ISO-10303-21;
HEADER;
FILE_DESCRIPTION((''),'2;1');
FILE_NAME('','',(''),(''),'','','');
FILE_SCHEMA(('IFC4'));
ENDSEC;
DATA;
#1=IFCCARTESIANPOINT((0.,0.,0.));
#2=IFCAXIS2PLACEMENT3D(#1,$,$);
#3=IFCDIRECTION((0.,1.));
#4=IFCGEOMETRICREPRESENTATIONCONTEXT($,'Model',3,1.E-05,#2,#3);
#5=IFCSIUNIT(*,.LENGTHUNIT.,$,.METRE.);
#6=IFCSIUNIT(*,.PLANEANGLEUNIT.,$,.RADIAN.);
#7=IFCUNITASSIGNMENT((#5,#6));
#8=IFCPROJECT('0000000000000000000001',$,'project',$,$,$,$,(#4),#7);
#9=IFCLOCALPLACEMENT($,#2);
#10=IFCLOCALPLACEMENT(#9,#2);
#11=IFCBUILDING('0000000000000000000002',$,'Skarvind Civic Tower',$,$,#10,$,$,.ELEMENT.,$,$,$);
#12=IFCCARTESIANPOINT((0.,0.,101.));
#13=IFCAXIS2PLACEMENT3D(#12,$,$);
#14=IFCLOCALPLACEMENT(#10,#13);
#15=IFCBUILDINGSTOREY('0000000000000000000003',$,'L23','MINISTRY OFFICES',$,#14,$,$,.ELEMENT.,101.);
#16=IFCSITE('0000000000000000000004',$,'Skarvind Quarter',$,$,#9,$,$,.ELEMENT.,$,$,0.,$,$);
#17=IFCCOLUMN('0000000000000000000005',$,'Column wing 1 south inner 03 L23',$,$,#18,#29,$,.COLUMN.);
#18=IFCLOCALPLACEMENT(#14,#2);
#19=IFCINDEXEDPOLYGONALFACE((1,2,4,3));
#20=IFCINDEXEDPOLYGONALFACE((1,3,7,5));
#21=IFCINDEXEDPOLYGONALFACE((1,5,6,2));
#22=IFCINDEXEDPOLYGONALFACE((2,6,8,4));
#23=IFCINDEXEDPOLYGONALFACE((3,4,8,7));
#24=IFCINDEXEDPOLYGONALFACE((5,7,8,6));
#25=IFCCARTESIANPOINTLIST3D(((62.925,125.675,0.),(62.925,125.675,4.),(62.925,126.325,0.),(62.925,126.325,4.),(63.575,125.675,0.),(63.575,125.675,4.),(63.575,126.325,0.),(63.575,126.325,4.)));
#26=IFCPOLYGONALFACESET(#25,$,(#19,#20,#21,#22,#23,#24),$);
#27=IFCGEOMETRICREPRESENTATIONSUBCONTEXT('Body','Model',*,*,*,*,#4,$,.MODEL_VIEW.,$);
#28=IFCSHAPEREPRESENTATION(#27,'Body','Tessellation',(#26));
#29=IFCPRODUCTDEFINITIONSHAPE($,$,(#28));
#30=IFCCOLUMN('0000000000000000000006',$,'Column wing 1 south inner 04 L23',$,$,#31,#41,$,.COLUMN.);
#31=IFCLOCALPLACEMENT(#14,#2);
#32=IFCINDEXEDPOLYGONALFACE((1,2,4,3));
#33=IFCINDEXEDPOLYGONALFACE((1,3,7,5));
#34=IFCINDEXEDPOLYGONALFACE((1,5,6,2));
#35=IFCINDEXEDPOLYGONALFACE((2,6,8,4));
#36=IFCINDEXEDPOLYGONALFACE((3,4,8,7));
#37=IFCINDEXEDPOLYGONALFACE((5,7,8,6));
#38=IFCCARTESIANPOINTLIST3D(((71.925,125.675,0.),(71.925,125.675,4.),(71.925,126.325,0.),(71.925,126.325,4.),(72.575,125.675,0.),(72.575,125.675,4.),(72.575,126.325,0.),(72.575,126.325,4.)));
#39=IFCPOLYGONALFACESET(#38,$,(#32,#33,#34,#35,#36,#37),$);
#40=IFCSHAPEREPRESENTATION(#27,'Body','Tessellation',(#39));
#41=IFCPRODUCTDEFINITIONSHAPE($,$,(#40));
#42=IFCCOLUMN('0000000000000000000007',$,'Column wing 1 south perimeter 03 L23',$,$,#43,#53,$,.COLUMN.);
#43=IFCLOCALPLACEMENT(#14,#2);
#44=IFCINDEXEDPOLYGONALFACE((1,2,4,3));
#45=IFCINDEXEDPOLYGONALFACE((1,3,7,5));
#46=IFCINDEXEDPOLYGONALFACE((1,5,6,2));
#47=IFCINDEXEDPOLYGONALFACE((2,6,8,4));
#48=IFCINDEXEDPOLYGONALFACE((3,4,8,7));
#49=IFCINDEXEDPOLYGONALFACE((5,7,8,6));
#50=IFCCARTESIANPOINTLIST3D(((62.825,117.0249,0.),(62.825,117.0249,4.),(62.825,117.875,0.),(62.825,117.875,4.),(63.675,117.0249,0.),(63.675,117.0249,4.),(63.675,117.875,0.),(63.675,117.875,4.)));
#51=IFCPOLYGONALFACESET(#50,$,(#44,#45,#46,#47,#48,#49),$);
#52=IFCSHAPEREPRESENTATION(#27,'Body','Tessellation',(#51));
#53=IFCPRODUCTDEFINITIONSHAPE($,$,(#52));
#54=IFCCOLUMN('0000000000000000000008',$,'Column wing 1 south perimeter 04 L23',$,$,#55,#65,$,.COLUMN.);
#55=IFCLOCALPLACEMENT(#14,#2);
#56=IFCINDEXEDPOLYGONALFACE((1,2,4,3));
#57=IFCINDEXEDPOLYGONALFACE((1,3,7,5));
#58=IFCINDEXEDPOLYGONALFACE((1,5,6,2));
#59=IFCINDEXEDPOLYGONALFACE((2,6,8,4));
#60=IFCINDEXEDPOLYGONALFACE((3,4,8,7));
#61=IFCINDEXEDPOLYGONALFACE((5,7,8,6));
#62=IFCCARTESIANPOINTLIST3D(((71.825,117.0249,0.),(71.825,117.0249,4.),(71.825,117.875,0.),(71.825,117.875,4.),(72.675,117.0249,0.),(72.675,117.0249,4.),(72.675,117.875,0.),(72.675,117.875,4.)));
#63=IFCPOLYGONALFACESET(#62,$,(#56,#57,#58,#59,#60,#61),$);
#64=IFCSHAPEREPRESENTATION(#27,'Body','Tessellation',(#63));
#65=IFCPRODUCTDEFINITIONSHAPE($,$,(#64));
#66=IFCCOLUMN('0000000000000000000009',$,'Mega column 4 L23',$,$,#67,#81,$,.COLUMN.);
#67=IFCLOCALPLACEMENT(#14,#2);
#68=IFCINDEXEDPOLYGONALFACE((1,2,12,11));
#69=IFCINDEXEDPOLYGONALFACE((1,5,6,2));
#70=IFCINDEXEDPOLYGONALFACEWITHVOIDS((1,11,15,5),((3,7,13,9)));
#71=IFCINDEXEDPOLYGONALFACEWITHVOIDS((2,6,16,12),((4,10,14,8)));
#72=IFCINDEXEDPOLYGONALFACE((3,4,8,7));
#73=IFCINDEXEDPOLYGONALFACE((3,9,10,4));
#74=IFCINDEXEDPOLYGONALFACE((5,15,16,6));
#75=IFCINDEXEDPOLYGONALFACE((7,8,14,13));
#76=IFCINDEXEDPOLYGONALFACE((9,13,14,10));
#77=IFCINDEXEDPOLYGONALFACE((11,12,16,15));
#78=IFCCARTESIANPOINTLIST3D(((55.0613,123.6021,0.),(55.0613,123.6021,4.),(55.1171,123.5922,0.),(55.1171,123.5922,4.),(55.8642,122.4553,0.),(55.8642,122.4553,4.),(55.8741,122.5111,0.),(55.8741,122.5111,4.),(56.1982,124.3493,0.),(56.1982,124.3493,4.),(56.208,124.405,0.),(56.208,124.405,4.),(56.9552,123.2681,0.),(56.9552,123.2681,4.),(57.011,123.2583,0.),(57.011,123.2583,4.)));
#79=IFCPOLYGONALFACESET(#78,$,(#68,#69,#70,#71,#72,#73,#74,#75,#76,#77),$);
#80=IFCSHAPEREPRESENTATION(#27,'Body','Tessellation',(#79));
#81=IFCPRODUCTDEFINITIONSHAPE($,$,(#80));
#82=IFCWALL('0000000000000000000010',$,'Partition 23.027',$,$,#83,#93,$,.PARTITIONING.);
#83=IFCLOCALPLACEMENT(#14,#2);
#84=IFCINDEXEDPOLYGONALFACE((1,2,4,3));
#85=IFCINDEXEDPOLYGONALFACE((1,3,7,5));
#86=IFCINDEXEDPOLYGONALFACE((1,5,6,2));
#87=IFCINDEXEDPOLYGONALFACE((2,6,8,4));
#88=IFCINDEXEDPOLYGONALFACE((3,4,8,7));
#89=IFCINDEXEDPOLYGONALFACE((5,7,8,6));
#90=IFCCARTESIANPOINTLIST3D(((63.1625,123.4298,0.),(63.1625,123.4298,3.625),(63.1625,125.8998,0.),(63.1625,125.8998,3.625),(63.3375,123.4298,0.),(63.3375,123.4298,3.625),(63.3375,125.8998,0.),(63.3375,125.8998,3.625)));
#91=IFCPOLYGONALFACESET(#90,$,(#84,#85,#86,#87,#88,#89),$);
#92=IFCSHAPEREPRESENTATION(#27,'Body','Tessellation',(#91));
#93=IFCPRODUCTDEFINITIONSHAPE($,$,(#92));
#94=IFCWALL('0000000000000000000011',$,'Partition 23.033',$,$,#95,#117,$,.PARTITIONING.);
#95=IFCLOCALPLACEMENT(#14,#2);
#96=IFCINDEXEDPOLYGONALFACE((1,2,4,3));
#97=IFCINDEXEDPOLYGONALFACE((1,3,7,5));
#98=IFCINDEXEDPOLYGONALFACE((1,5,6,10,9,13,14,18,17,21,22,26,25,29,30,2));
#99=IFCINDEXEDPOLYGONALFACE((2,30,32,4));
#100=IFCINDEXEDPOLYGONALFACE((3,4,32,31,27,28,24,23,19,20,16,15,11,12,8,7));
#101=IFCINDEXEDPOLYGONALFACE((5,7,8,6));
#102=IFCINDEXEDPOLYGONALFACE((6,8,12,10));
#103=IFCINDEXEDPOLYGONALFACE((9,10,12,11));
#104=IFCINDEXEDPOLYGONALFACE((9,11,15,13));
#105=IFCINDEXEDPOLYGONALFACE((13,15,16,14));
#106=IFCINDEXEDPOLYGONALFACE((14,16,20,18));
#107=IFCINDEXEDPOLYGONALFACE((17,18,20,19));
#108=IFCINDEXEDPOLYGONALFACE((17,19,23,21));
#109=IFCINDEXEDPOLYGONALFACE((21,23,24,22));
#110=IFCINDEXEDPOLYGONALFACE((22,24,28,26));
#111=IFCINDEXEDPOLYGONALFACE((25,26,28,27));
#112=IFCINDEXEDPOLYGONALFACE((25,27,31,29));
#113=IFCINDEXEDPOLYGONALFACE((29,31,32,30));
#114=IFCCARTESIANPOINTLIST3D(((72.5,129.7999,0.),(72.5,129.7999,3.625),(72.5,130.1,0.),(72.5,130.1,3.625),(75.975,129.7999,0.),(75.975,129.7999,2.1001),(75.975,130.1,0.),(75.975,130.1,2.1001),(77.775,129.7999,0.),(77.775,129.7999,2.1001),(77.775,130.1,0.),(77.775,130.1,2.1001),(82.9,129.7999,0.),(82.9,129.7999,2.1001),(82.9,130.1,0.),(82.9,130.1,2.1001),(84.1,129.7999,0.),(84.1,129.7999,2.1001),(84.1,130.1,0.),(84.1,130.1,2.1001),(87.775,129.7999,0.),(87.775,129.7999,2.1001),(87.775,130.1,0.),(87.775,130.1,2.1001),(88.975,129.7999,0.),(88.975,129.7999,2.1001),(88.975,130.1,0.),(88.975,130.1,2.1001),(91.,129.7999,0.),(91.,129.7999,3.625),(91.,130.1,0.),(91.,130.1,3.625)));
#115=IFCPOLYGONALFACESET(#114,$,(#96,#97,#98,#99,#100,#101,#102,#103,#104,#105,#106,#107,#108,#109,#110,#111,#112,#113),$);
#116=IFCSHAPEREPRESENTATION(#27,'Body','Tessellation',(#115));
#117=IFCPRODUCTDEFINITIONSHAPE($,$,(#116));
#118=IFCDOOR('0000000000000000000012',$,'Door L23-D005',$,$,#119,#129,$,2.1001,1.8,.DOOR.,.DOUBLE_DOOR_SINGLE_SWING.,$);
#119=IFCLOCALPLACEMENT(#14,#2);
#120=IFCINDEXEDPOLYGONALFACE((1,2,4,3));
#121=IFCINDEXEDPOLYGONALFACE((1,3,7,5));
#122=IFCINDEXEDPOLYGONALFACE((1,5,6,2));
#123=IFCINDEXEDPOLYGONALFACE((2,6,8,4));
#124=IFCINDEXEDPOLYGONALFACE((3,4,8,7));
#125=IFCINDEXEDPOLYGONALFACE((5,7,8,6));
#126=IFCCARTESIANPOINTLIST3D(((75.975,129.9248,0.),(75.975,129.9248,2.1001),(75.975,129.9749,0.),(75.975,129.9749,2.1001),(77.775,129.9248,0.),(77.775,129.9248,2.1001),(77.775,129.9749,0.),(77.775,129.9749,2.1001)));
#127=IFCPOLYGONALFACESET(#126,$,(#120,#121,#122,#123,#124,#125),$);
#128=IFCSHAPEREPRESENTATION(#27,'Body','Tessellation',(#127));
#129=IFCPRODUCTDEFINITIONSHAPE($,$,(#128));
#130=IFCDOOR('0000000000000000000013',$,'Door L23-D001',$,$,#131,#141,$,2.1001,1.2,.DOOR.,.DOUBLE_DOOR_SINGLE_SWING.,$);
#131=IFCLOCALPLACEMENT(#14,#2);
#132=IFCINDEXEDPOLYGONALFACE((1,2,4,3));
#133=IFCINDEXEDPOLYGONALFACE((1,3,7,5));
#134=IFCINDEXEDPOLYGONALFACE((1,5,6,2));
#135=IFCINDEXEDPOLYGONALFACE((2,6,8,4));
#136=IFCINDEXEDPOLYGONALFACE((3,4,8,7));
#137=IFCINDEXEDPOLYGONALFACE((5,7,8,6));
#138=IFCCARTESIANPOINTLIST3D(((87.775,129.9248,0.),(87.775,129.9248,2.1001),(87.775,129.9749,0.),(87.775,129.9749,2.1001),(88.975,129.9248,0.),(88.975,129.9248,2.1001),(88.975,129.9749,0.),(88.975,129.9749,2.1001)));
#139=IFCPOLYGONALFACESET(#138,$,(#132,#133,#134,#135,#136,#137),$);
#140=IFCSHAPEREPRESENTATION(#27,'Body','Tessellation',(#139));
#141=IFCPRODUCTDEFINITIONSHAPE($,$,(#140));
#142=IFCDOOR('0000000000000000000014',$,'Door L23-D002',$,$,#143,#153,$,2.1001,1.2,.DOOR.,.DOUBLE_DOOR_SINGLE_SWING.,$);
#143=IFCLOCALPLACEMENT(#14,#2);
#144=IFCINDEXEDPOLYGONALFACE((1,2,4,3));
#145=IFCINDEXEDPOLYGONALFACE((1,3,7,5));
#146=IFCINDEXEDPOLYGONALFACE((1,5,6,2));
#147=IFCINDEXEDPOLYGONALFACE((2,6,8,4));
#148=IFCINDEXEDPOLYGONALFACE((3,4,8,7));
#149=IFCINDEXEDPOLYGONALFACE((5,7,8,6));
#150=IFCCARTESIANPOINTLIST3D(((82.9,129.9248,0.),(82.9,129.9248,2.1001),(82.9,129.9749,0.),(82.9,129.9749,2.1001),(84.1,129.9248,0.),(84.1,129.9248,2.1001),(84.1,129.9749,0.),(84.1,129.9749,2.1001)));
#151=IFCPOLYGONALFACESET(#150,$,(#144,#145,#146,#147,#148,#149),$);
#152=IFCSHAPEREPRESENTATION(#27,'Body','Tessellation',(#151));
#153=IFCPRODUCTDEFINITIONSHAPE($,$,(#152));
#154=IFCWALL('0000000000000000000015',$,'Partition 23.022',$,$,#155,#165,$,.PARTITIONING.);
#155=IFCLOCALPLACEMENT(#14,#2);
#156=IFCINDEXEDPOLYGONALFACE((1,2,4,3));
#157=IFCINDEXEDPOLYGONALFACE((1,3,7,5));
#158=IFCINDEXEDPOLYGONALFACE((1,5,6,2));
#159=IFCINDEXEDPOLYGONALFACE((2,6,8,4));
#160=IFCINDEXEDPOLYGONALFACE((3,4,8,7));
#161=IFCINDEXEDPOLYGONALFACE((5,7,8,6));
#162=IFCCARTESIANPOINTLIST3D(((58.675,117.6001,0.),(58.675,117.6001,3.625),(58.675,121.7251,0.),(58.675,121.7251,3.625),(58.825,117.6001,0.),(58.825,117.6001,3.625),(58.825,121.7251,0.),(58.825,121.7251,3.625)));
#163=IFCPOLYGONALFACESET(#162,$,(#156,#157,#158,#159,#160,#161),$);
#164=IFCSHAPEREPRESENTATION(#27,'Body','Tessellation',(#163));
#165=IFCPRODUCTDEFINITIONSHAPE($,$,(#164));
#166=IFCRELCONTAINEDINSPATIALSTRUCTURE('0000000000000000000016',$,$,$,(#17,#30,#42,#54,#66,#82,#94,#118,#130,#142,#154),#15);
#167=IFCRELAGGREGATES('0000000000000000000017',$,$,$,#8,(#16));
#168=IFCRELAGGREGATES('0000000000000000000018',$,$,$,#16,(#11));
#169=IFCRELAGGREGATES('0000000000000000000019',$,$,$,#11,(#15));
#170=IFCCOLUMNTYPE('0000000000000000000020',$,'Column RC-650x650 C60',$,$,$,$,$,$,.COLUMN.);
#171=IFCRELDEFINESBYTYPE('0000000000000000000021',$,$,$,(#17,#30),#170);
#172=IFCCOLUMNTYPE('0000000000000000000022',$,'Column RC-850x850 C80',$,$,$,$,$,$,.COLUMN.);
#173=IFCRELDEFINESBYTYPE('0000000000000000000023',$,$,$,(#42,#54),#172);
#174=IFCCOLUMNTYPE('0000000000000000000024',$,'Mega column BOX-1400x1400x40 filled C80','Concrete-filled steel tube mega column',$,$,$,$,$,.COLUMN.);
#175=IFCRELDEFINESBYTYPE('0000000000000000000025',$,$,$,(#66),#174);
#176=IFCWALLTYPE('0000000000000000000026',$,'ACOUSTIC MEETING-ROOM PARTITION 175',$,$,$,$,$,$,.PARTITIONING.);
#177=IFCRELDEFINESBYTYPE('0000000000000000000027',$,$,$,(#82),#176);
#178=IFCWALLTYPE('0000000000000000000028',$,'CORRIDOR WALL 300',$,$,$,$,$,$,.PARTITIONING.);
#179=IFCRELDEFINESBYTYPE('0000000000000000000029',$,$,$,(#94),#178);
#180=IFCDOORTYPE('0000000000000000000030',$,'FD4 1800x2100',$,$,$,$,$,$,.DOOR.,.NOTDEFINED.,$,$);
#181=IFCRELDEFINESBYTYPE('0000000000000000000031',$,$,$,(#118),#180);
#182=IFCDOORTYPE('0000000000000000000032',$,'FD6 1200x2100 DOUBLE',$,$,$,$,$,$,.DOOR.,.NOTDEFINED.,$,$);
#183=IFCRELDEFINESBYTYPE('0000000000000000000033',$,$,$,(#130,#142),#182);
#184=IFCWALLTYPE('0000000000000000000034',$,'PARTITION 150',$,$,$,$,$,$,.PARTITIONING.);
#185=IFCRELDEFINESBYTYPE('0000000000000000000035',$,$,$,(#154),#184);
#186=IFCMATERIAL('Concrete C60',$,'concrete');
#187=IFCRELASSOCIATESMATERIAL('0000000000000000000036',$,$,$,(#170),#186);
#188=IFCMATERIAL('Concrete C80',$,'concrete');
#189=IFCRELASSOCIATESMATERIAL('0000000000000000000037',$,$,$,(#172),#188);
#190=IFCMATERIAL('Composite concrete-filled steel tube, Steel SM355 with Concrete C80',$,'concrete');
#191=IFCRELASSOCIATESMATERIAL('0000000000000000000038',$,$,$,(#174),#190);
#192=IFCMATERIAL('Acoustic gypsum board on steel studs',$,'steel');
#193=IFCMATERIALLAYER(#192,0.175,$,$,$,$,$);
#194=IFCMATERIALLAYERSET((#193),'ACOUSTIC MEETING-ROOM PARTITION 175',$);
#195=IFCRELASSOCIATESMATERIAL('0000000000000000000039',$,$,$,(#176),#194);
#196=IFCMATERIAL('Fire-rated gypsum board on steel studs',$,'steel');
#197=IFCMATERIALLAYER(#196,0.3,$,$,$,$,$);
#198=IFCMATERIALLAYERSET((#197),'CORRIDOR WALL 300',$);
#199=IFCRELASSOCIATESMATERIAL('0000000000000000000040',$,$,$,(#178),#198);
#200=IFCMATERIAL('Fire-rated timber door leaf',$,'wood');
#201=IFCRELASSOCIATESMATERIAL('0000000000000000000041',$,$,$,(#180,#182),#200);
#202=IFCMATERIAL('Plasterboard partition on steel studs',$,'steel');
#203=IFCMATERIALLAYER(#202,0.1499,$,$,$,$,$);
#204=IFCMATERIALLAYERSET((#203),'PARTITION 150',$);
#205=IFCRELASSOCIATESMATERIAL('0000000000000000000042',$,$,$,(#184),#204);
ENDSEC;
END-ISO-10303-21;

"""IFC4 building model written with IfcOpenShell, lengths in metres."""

from ifc_helpers import new_model, si_unit, direction, frame, frame_2d, origin, origin_2d, place, context, subcontext, project, spatial, rectangle, hollow_rectangle, extrude, material, layer, layer_set, material_profile, profile_set, type_object, element, fill, save


model = new_model("IFC4")

# Units and contexts
model_context = context("Model", 3, precision=1e-05, world=origin(), true_north=direction((0.0, 1.0)))
body_context = subcontext(model_context, "Body", "Model", "MODEL_VIEW")
ifc_project = project(units=[si_unit("LENGTHUNIT", "METRE"), si_unit("PLANEANGLEUNIT", "RADIAN")], contexts=[model_context])

# Site, building, storey
site_placement = place(None, origin())
site = spatial("IfcSite", under=ifc_project, at=site_placement, Name="Skarvind Quarter", CompositionType="ELEMENT", RefElevation=0.0)
building_placement = place(site_placement, origin())
building = spatial("IfcBuilding", under=site, at=building_placement, Name="Skarvind Civic Tower", CompositionType="ELEMENT")
storey_placement = place(building_placement, frame((0.0, 0.0, 101.0)))
storey = spatial("IfcBuildingStorey", under=building, at=storey_placement, Name="L23", Description="MINISTRY OFFICES", CompositionType="ELEMENT", Elevation=101.0)

# Columns
ifc_material_1 = material(Name="Concrete C60", Category="concrete")
ifc_material_profile_1 = material_profile(ifc_material_1, rectangle(XDim=0.6499, YDim=0.6499, at=origin_2d()), Name="RC-650x650")
ifc_profile_set_1 = profile_set([ifc_material_profile_1], Name="Concrete C60")
column_type_1 = type_object("IfcColumnType", Name="Column RC-650x650 C60", PredefinedType="COLUMN", material=ifc_profile_set_1)
for number, where, z_axis, x_axis, name in (
    (1, (63.25, 126.0, 0.0), (0.0, 0.0, 1.0), (1.0, 0.0, 0.0), "Column wing 1 south inner 03 L23"),
    (2, (72.25, 126.0, 0.0), (0.0, 0.0, 1.0), (1.0, 0.0, 0.0), "Column wing 1 south inner 04 L23"),
):
    element("IfcColumn", number, at=place(storey_placement, frame(where, z_axis=z_axis, x_axis=x_axis)), inside=storey, type_object=column_type_1, Name=name, PredefinedType="COLUMN", context=body_context, shape_type="SweptSolid", body=[
        extrude(rectangle(XDim=0.6499, YDim=0.6499, at=origin_2d()), origin(), (0.0, 0.0, 1.0), 4.0),
    ])
ifc_material_2 = material(Name="Concrete C80", Category="concrete")
ifc_material_profile_2 = material_profile(ifc_material_2, rectangle(XDim=0.8501, YDim=0.8501, at=origin_2d()), Name="RC-850x850")
ifc_profile_set_2 = profile_set([ifc_material_profile_2], Name="Concrete C80")
column_type_2 = type_object("IfcColumnType", Name="Column RC-850x850 C80", PredefinedType="COLUMN", material=ifc_profile_set_2)
for number, where, z_axis, x_axis, name in (
    (3, (63.25, 117.45, 0.0), (0.0, 0.0, 1.0), (1.0, 0.0, 0.0), "Column wing 1 south perimeter 03 L23"),
    (4, (72.25, 117.45, 0.0), (0.0, 0.0, 1.0), (1.0, 0.0, 0.0), "Column wing 1 south perimeter 04 L23"),
):
    element("IfcColumn", number, at=place(storey_placement, frame(where, z_axis=z_axis, x_axis=x_axis)), inside=storey, type_object=column_type_2, Name=name, PredefinedType="COLUMN", context=body_context, shape_type="SweptSolid", body=[
        extrude(rectangle(XDim=0.8501, YDim=0.8501, at=origin_2d()), origin(), (0.0, 0.0, 1.0), 4.0),
    ])
ifc_material_3 = material(Name="Composite concrete-filled steel tube, Steel SM355 with Concrete C80", Category="concrete")
ifc_material_profile_3 = material_profile(ifc_material_3, hollow_rectangle(XDim=1.3999, YDim=1.3999, WallThickness=0.04, at=origin_2d()), Name="BOX-1400x1400x40")
ifc_profile_set_3 = profile_set([ifc_material_profile_3], Name="Composite concrete-filled steel tube, Steel SM355 with Concrete C80")
column_type_3 = type_object("IfcColumnType", Name="Mega column BOX-1400x1400x40 filled C80", Description="Concrete-filled steel tube mega column", PredefinedType="COLUMN", material=ifc_profile_set_3)
column_placement = place(storey_placement, frame((56.0361, 123.4302, 0.0), z_axis=(0.0, 0.0, 1.0), x_axis=(0.573576, -0.819152, 0.0)))
element("IfcColumn", 5, at=column_placement, inside=storey, type_object=column_type_3, Name="Mega column 4 L23", PredefinedType="COLUMN", context=body_context, shape_type="SweptSolid", body=[
    extrude(hollow_rectangle(XDim=1.3999, YDim=1.3999, WallThickness=0.04, at=origin_2d()), origin(), (0.0, 0.0, 1.0), 4.0),
])

# Wall
ifc_material_4 = material(Name="Acoustic gypsum board on steel studs", Category="steel")
ifc_layer_1 = layer(ifc_material_4, 0.175)
ifc_layer_set_1 = layer_set([ifc_layer_1], Name="ACOUSTIC MEETING-ROOM PARTITION 175")
wall_type_1 = type_object("IfcWallType", Name="ACOUSTIC MEETING-ROOM PARTITION 175", PredefinedType="PARTITIONING", material=ifc_layer_set_1)
wall_1_placement = place(storey_placement, frame((63.25, 123.4299, 0.0), z_axis=(0.0, 0.0, 1.0), x_axis=(0.0, 1.0, 0.0)))
element("IfcWall", 6, at=wall_1_placement, inside=storey, type_object=wall_type_1, Name="Partition 23.027", PredefinedType="PARTITIONING", context=body_context, shape_type="SweptSolid", body=[
    extrude(rectangle(XDim=2.47, YDim=0.175, at=frame_2d((1.2349, 0.0))), origin(), (0.0, 0.0, 1.0), 3.625),
])

# Wall, openings, doors
ifc_material_5 = material(Name="Fire-rated gypsum board on steel studs", Category="steel")
ifc_layer_2 = layer(ifc_material_5, 0.3)
ifc_layer_set_2 = layer_set([ifc_layer_2], Name="CORRIDOR WALL 300")
wall_type_2 = type_object("IfcWallType", Name="CORRIDOR WALL 300", PredefinedType="PARTITIONING", material=ifc_layer_set_2)
wall_2_placement = place(storey_placement, frame((72.5, 129.95, 0.0), z_axis=(0.0, 0.0, 1.0), x_axis=(1.0, 0.0, 0.0)))
wall_2 = element("IfcWall", 7, at=wall_2_placement, inside=storey, type_object=wall_type_2, Name="Partition 23.033", PredefinedType="PARTITIONING", context=body_context, shape_type="SweptSolid", body=[
    extrude(rectangle(XDim=18.5, YDim=0.3, at=frame_2d((9.25, 0.0))), origin(), (0.0, 0.0, 1.0), 3.625),
])
opening_1_placement = place(wall_2_placement, frame((15.2749, 0.0, 0.0)))
opening_1 = element("IfcOpeningElement", 8, at=opening_1_placement, cuts=wall_2, PredefinedType="OPENING", context=body_context, shape_type="SweptSolid", body=[
    extrude(rectangle(XDim=1.2, YDim=2.1001, at=frame_2d((0.6001, 1.05))), frame((0.0, 0.1599, 0.0), z_axis=(0.0, -1.0, 0.0), x_axis=(1.0, 0.0, 0.0)), (0.0, 0.0, 1.0), 0.3201),
])
opening_2_placement = place(wall_2_placement, frame((10.3999, 0.0, 0.0)))
opening_2 = element("IfcOpeningElement", 9, at=opening_2_placement, cuts=wall_2, PredefinedType="OPENING", context=body_context, shape_type="SweptSolid", body=[
    extrude(rectangle(XDim=1.2, YDim=2.1001, at=frame_2d((0.6001, 1.05))), frame((0.0, 0.1599, 0.0), z_axis=(0.0, -1.0, 0.0), x_axis=(1.0, 0.0, 0.0)), (0.0, 0.0, 1.0), 0.3201),
])
opening_3_placement = place(wall_2_placement, frame((3.4751, 0.0, 0.0)))
opening_3 = element("IfcOpeningElement", 10, at=opening_3_placement, cuts=wall_2, PredefinedType="OPENING", context=body_context, shape_type="SweptSolid", body=[
    extrude(rectangle(XDim=1.8, YDim=2.1001, at=frame_2d((0.8999, 1.05))), frame((0.0, 0.1599, 0.0), z_axis=(0.0, -1.0, 0.0), x_axis=(1.0, 0.0, 0.0)), (0.0, 0.0, 1.0), 0.3201),
])
ifc_material_6 = material(Name="Fire-rated timber door leaf", Category="wood")
door_type_1 = type_object("IfcDoorType", Name="FD4 1800x2100", OperationType="NOTDEFINED", PredefinedType="DOOR", material=ifc_material_6)
door_1_placement = place(opening_3_placement, origin())
door_1 = element("IfcDoor", 11, at=door_1_placement, inside=storey, type_object=door_type_1, Name="Door L23-D005", OperationType="DOUBLE_DOOR_SINGLE_SWING", OverallHeight=2.1001, OverallWidth=1.8, PredefinedType="DOOR", context=body_context, shape_type="SweptSolid", body=[
    extrude(rectangle(XDim=1.8, YDim=2.1001, at=frame_2d((0.8999, 1.05))), frame((0.0, 0.0249, 0.0), z_axis=(0.0, -1.0, 0.0), x_axis=(1.0, 0.0, 0.0)), (0.0, 0.0, 1.0), 0.05),
])
fill(opening_3, door_1)
door_type_2 = type_object("IfcDoorType", Name="FD6 1200x2100 DOUBLE", OperationType="NOTDEFINED", PredefinedType="DOOR", material=ifc_material_6)
door_2_placement = place(opening_1_placement, origin())
door_2 = element("IfcDoor", 12, at=door_2_placement, inside=storey, type_object=door_type_2, Name="Door L23-D001", OperationType="DOUBLE_DOOR_SINGLE_SWING", OverallHeight=2.1001, OverallWidth=1.2, PredefinedType="DOOR", context=body_context, shape_type="SweptSolid", body=[
    extrude(rectangle(XDim=1.2, YDim=2.1001, at=frame_2d((0.6001, 1.05))), frame((0.0, 0.0249, 0.0), z_axis=(0.0, -1.0, 0.0), x_axis=(1.0, 0.0, 0.0)), (0.0, 0.0, 1.0), 0.05),
])
fill(opening_1, door_2)
door_3_placement = place(opening_2_placement, origin())
door_3 = element("IfcDoor", 13, at=door_3_placement, inside=storey, type_object=door_type_2, Name="Door L23-D002", OperationType="DOUBLE_DOOR_SINGLE_SWING", OverallHeight=2.1001, OverallWidth=1.2, PredefinedType="DOOR", context=body_context, shape_type="SweptSolid", body=[
    extrude(rectangle(XDim=1.2, YDim=2.1001, at=frame_2d((0.6001, 1.05))), frame((0.0, 0.0249, 0.0), z_axis=(0.0, -1.0, 0.0), x_axis=(1.0, 0.0, 0.0)), (0.0, 0.0, 1.0), 0.05),
])
fill(opening_2, door_3)

# Wall
ifc_material_7 = material(Name="Plasterboard partition on steel studs", Category="steel")
ifc_layer_3 = layer(ifc_material_7, 0.1499)
ifc_layer_set_3 = layer_set([ifc_layer_3], Name="PARTITION 150")
wall_type_3 = type_object("IfcWallType", Name="PARTITION 150", PredefinedType="PARTITIONING", material=ifc_layer_set_3)
wall_3_placement = place(storey_placement, frame((58.75, 117.6001, 0.0), z_axis=(0.0, 0.0, 1.0), x_axis=(0.0, 1.0, 0.0)))
element("IfcWall", 14, at=wall_3_placement, inside=storey, type_object=wall_type_3, Name="Partition 23.022", PredefinedType="PARTITIONING", context=body_context, shape_type="SweptSolid", body=[
    extrude(rectangle(XDim=4.125, YDim=0.1499, at=frame_2d((2.0625, 0.0))), origin(), (0.0, 0.0, 1.0), 3.625),
])

save(model, "model.ifc")
